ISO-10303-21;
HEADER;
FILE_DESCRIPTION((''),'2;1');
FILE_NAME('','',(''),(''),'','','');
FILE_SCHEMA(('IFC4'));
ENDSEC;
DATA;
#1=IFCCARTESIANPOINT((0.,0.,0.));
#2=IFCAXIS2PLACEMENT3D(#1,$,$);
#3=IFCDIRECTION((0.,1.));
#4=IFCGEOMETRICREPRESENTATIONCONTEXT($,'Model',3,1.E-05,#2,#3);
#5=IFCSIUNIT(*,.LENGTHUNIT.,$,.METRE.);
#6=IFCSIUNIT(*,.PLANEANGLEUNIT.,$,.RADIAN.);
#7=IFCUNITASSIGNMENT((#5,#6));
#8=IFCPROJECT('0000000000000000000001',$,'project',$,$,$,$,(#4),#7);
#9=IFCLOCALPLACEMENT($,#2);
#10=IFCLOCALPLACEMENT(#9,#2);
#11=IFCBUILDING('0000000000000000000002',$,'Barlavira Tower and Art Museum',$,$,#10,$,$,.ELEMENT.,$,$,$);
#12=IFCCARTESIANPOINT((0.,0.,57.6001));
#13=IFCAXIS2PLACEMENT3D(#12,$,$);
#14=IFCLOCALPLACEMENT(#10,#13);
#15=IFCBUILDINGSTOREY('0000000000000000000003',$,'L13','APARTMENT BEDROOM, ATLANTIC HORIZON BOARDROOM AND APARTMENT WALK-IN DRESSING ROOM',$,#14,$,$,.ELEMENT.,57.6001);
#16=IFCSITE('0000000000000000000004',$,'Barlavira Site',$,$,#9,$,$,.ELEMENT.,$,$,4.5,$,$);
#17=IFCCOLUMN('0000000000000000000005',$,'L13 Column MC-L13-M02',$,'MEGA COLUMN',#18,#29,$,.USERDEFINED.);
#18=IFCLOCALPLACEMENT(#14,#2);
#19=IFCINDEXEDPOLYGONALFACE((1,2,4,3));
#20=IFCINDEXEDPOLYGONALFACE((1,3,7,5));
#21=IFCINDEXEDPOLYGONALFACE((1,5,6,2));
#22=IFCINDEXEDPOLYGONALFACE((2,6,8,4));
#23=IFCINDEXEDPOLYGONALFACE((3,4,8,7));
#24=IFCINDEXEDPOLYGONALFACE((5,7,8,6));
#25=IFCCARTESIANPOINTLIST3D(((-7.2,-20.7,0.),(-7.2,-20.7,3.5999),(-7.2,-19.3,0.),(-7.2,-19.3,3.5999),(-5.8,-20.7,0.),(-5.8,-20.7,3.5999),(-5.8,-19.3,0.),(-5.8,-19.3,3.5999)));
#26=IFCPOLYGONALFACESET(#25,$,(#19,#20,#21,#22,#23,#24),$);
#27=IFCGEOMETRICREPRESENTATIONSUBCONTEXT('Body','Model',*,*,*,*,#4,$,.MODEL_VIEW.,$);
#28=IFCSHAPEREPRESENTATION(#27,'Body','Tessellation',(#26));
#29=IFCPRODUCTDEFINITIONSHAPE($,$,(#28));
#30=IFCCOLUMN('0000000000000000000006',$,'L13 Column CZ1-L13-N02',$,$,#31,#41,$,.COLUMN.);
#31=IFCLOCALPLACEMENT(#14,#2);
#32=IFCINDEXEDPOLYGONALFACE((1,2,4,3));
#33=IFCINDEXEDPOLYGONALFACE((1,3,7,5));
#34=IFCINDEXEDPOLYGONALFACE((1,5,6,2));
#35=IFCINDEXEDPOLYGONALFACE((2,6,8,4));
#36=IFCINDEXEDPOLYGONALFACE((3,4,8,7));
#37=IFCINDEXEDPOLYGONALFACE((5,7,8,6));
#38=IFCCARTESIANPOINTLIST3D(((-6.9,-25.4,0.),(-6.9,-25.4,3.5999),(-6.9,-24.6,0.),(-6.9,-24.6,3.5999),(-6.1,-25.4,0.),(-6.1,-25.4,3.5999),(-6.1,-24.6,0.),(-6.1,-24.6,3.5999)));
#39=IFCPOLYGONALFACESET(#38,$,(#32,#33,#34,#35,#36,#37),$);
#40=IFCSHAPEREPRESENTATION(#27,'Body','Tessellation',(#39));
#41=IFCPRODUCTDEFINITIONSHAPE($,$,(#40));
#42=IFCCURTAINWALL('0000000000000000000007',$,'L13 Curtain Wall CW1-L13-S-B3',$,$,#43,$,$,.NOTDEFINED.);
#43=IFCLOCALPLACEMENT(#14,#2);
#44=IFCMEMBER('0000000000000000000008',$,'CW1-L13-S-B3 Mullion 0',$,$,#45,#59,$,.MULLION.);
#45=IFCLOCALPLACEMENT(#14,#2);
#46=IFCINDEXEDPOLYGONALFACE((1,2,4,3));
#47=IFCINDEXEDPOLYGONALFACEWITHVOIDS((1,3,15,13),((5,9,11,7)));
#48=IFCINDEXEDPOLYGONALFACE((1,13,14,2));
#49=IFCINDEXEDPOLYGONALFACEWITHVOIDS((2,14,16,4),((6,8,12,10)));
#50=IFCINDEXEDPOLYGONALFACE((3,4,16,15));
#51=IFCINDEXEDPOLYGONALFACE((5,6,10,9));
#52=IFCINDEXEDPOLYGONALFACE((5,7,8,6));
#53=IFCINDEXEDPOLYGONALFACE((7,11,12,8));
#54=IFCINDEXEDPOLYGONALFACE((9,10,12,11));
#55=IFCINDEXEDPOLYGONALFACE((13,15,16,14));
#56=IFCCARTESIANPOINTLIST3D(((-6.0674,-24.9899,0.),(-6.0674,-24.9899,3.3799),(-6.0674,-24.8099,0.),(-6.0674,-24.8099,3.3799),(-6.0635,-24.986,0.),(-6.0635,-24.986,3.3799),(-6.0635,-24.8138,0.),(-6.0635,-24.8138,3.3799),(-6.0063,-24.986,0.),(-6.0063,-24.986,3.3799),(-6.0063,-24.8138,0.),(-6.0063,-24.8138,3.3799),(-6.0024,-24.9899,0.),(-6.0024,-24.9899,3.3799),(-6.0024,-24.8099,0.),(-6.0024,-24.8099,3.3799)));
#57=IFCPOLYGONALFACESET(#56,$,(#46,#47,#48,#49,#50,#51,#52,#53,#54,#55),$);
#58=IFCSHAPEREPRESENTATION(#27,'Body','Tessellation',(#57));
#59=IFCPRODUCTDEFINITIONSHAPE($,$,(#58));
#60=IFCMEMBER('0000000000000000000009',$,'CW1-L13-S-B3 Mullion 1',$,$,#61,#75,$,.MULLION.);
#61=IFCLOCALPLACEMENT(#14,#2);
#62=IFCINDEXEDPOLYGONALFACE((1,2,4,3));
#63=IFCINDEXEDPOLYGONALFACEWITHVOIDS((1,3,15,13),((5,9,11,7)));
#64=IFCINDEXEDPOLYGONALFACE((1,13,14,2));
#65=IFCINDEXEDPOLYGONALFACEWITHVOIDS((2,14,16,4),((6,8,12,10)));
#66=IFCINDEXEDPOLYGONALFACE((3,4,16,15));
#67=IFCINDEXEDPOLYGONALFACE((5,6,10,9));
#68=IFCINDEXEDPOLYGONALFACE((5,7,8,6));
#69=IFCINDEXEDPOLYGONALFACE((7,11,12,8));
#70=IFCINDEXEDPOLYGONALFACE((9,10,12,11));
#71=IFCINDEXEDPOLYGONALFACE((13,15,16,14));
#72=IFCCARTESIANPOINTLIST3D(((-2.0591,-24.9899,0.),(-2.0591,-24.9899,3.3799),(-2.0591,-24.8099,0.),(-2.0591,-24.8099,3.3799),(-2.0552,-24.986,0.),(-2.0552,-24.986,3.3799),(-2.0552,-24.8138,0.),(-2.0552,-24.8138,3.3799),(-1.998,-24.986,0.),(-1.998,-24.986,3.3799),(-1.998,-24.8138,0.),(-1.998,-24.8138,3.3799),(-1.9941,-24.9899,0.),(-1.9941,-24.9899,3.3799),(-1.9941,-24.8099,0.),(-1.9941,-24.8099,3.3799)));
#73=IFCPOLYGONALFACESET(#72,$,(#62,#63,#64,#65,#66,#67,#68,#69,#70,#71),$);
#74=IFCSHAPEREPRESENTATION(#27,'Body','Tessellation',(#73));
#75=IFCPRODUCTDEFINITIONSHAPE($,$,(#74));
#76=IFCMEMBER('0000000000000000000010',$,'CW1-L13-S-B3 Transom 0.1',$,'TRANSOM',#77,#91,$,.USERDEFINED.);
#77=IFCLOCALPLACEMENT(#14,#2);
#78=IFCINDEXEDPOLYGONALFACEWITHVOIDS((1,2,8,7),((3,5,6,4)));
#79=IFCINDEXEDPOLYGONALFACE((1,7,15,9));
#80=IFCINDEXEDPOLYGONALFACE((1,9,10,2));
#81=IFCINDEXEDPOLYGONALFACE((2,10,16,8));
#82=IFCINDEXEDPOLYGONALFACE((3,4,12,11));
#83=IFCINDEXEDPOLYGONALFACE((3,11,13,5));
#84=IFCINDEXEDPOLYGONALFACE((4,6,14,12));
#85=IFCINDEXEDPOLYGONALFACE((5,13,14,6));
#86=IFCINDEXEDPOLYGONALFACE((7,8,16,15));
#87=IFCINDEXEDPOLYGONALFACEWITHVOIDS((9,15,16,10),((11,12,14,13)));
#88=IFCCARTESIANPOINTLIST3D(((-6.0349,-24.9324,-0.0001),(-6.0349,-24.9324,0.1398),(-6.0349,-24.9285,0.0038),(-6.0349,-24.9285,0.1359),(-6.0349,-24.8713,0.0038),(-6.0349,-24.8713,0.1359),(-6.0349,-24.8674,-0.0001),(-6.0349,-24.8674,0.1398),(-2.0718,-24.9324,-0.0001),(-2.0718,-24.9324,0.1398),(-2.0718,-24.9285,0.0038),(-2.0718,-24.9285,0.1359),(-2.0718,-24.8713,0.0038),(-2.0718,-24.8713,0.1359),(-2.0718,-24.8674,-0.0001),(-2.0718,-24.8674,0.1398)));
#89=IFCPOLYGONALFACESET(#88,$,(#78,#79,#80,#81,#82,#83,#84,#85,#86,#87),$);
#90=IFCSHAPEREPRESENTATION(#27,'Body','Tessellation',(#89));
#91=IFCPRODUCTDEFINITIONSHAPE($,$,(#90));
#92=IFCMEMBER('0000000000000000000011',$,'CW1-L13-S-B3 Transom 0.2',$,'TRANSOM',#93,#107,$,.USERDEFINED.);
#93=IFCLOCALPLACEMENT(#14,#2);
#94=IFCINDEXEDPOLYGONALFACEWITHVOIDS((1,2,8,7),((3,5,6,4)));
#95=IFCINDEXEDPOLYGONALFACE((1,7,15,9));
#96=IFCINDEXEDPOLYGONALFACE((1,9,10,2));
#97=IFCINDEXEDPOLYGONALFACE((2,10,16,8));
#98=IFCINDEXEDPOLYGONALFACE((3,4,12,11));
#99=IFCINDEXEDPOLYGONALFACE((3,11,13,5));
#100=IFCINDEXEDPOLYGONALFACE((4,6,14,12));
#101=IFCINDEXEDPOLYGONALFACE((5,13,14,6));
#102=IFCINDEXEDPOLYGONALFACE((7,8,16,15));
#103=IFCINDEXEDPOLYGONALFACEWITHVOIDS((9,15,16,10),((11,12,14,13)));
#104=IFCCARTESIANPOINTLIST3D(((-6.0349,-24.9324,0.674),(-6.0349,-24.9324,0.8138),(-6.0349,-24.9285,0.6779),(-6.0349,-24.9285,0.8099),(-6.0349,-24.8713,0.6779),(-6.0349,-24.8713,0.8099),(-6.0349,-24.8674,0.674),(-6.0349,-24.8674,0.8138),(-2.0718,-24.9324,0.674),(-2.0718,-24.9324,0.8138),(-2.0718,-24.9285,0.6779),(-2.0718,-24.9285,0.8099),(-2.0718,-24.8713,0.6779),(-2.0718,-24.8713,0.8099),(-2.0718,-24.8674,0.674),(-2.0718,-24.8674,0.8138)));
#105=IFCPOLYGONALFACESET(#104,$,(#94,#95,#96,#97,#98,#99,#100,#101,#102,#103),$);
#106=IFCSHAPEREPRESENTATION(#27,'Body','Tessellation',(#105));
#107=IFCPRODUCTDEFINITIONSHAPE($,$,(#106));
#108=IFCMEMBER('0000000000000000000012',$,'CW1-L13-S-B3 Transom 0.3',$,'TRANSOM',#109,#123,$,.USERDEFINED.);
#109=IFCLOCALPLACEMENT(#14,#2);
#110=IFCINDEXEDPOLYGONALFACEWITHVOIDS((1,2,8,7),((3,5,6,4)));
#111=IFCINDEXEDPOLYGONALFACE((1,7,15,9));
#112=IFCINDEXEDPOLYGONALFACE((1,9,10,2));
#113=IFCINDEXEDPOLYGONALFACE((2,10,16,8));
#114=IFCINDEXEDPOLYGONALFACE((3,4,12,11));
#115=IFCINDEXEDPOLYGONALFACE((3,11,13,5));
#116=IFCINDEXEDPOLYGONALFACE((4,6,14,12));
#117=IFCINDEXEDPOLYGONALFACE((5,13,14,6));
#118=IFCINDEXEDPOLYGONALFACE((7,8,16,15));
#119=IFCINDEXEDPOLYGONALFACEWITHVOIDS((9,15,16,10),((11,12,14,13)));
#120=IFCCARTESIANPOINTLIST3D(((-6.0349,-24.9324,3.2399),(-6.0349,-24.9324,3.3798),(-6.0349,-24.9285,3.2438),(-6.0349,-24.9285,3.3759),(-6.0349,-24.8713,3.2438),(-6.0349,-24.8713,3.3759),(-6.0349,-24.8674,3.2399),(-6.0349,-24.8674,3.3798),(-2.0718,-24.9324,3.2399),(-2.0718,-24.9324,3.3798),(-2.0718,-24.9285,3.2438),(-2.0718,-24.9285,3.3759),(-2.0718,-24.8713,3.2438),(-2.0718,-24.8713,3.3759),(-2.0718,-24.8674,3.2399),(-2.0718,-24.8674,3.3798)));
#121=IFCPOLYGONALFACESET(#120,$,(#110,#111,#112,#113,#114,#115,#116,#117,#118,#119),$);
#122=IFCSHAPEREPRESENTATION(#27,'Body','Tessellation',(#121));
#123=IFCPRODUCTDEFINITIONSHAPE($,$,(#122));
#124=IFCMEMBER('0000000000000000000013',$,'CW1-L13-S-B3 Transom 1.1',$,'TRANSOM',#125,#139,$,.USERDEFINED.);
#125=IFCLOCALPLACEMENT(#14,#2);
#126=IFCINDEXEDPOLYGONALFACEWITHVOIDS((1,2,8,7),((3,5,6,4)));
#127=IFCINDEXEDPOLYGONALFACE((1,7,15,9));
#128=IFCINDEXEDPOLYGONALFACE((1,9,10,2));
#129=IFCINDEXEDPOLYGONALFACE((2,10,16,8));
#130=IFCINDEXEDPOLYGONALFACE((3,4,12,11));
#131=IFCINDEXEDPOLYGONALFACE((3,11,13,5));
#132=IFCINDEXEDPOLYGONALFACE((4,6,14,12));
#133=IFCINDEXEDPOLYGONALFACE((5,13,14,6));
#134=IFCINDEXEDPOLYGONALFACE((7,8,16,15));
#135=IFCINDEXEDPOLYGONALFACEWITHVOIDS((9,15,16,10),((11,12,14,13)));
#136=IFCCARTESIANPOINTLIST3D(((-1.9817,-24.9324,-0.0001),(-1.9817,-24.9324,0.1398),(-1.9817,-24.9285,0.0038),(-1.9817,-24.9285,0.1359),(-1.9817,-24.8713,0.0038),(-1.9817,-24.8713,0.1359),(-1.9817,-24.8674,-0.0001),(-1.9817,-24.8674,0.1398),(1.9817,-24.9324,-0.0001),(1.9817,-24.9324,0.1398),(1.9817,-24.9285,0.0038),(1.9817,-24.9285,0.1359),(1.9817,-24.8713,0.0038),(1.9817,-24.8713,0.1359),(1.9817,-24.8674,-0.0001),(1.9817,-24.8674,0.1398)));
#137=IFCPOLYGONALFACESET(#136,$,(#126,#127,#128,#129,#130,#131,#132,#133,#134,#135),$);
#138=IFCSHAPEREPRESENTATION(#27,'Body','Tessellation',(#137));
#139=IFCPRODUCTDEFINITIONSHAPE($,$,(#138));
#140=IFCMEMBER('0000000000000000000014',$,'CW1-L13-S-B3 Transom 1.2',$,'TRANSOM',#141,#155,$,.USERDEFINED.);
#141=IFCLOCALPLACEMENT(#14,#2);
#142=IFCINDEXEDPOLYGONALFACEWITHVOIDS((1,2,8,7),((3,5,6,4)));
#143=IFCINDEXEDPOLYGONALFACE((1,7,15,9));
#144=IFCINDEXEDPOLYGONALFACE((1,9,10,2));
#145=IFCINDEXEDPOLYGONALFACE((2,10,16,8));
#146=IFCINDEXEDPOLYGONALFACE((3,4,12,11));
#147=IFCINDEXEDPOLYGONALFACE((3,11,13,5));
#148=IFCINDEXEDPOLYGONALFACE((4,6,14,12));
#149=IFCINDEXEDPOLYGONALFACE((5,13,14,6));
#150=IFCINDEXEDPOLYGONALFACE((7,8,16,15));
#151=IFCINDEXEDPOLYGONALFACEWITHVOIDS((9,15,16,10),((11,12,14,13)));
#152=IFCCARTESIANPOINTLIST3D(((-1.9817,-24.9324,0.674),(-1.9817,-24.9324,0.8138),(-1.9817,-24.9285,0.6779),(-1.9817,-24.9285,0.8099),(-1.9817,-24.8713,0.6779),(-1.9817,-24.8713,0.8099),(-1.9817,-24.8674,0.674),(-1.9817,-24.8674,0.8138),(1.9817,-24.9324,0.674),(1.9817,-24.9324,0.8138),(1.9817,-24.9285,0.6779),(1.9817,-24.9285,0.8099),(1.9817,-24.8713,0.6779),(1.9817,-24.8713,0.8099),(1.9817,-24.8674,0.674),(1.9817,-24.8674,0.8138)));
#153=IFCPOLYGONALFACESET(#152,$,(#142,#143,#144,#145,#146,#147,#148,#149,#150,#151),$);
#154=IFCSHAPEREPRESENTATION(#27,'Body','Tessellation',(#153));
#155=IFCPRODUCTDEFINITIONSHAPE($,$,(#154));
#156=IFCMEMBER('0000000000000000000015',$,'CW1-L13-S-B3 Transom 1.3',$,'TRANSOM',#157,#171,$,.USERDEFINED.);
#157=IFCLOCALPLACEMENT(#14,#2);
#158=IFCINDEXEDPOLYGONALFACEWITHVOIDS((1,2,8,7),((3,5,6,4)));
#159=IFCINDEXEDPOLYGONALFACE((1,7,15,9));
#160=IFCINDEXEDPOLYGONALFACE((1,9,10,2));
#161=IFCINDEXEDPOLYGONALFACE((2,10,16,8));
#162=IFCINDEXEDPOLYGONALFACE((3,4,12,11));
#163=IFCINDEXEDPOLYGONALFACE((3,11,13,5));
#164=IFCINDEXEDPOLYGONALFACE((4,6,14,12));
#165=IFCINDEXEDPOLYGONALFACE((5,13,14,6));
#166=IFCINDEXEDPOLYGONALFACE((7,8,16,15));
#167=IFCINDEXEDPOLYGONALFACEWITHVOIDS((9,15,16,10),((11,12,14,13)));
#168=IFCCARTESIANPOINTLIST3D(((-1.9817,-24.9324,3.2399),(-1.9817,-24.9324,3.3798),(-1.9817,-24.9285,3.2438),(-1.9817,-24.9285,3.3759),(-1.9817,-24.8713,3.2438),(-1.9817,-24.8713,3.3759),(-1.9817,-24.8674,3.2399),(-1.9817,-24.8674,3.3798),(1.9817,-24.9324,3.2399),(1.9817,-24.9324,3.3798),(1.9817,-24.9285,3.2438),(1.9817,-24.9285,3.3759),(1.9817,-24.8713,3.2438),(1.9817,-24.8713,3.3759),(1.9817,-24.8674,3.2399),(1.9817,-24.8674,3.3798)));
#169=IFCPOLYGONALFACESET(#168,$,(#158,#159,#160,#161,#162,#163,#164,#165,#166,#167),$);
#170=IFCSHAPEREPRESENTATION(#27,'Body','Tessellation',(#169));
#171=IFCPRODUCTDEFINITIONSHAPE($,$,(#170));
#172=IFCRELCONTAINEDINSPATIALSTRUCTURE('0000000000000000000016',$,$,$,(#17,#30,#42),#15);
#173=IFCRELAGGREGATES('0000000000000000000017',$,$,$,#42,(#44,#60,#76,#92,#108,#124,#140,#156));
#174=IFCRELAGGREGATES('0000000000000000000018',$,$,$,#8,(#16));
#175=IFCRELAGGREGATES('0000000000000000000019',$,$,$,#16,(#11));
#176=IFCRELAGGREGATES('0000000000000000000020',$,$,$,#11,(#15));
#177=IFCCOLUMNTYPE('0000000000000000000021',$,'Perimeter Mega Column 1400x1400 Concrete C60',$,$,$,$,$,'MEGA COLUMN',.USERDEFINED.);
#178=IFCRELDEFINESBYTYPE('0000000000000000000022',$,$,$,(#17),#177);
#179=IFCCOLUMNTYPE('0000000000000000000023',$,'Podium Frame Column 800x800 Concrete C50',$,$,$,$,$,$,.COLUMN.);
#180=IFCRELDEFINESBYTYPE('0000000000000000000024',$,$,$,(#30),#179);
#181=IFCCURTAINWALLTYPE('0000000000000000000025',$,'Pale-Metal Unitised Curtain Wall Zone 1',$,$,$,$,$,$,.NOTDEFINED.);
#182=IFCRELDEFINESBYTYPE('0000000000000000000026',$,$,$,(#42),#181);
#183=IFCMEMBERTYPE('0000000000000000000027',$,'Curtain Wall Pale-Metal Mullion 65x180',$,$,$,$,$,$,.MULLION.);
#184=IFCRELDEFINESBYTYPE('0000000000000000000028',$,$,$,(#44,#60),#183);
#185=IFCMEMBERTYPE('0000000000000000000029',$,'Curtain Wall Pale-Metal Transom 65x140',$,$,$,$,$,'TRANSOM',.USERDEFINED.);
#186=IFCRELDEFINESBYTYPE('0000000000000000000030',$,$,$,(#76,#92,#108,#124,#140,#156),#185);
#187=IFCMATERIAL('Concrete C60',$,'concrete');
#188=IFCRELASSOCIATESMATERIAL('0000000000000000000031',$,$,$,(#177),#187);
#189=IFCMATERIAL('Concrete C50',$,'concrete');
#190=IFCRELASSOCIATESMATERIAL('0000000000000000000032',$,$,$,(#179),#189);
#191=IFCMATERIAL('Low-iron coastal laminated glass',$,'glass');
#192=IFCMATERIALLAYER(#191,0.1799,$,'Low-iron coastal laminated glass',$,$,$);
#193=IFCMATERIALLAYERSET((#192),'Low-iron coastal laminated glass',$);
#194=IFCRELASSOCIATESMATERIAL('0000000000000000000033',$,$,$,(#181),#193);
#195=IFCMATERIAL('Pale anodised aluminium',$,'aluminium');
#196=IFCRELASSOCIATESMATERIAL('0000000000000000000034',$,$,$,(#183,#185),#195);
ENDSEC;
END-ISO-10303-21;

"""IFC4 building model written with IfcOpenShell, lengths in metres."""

from ifc_helpers import new_model, si_unit, direction, frame, origin, origin_2d, place, context, subcontext, project, spatial, rectangle, hollow_rectangle, extrude, material, layer, layer_set, material_profile, profile_set, type_object, element, aggregate, save


model = new_model("IFC4")

# Units and contexts
model_context = context("Model", 3, precision=1e-05, world=origin(), true_north=direction((0.0, 1.0)))
body_context = subcontext(model_context, "Body", "Model", "MODEL_VIEW")
ifc_project = project(units=[si_unit("LENGTHUNIT", "METRE"), si_unit("PLANEANGLEUNIT", "RADIAN")], contexts=[model_context])

# Site, building, storey
site_placement = place(None, origin())
site = spatial("IfcSite", under=ifc_project, at=site_placement, Name="Barlavira Site", CompositionType="ELEMENT", RefElevation=4.5)
building_placement = place(site_placement, origin())
building = spatial("IfcBuilding", under=site, at=building_placement, Name="Barlavira Tower and Art Museum", CompositionType="ELEMENT")
storey_placement = place(building_placement, frame((0.0, 0.0, 57.6001)))
storey = spatial("IfcBuildingStorey", under=building, at=storey_placement, Name="L13", Description="APARTMENT BEDROOM, ATLANTIC HORIZON BOARDROOM AND APARTMENT WALK-IN DRESSING ROOM", CompositionType="ELEMENT", Elevation=57.6001)

# Columns
ifc_material_1 = material(Name="Concrete C60", Category="concrete")
ifc_material_profile_1 = material_profile(ifc_material_1, rectangle(XDim=1.3999, YDim=1.3999, at=origin_2d()), Name="RC-MCOL 1400x1400")
ifc_profile_set_1 = profile_set([ifc_material_profile_1], Name="Concrete C60")
column_type_1 = type_object("IfcColumnType", Name="Perimeter Mega Column 1400x1400 Concrete C60", ElementType="MEGA COLUMN", PredefinedType="USERDEFINED", material=ifc_profile_set_1)
column_1_placement = place(storey_placement, frame((-6.5, -20.0, 0.0), z_axis=(0.0, 0.0, 1.0), x_axis=(1.0, 0.0, 0.0)))
element("IfcColumn", 1, at=column_1_placement, inside=storey, type_object=column_type_1, Name="L13 Column MC-L13-M02", ObjectType="MEGA COLUMN", PredefinedType="USERDEFINED", context=body_context, shape_type="SweptSolid", body=[
    extrude(rectangle(XDim=1.3999, YDim=1.3999, at=origin_2d()), origin(), (0.0, 0.0, 1.0), 3.5999),
])
ifc_material_2 = material(Name="Concrete C50", Category="concrete")
ifc_material_profile_2 = material_profile(ifc_material_2, rectangle(XDim=0.8, YDim=0.8, at=origin_2d()), Name="RC-COL 800x800")
ifc_profile_set_2 = profile_set([ifc_material_profile_2], Name="Concrete C50")
column_type_2 = type_object("IfcColumnType", Name="Podium Frame Column 800x800 Concrete C50", PredefinedType="COLUMN", material=ifc_profile_set_2)
column_2_placement = place(storey_placement, frame((-6.5, -25.0, 0.0), z_axis=(0.0, 0.0, 1.0), x_axis=(1.0, 0.0, 0.0)))
element("IfcColumn", 2, at=column_2_placement, inside=storey, type_object=column_type_2, Name="L13 Column CZ1-L13-N02", PredefinedType="COLUMN", context=body_context, shape_type="SweptSolid", body=[
    extrude(rectangle(XDim=0.8, YDim=0.8, at=origin_2d()), origin(), (0.0, 0.0, 1.0), 3.5999),
])

# Curtain wall, members
ifc_material_3 = material(Name="Low-iron coastal laminated glass", Category="glass")
ifc_layer_1 = layer(ifc_material_3, 0.1799, Name="Low-iron coastal laminated glass")
ifc_layer_set_1 = layer_set([ifc_layer_1], Name="Low-iron coastal laminated glass")
curtain_wall_type = type_object("IfcCurtainWallType", Name="Pale-Metal Unitised Curtain Wall Zone 1", PredefinedType="NOTDEFINED", material=ifc_layer_set_1)
curtain_wall_placement = place(storey_placement, origin())
curtain_wall = element("IfcCurtainWall", 3, at=curtain_wall_placement, inside=storey, type_object=curtain_wall_type, Name="L13 Curtain Wall CW1-L13-S-B3", PredefinedType="NOTDEFINED")
ifc_material_4 = material(Name="Pale anodised aluminium", Category="aluminium")
ifc_material_profile_3 = material_profile(ifc_material_4, hollow_rectangle(XDim=0.0649, YDim=0.1799, WallThickness=0.0039, at=origin_2d()), Name="ALU-MULL 65x180x4")
ifc_profile_set_3 = profile_set([ifc_material_profile_3], Name="Pale anodised aluminium")
member_type_1 = type_object("IfcMemberType", Name="Curtain Wall Pale-Metal Mullion 65x180", PredefinedType="MULLION", material=ifc_profile_set_3)
member_1_placement = place(storey_placement, frame((-6.0349, -24.8999, 0.0), z_axis=(0.0, 0.0, 1.0), x_axis=(1.0, 0.0, 0.0)))
member_1 = element("IfcMember", 4, at=member_1_placement, type_object=member_type_1, Name="CW1-L13-S-B3 Mullion 0", PredefinedType="MULLION", context=body_context, shape_type="SweptSolid", body=[
    extrude(hollow_rectangle(XDim=0.0649, YDim=0.1799, WallThickness=0.0039, at=origin_2d()), origin(), (0.0, 0.0, 1.0), 3.3799),
])
member_2_placement = place(storey_placement, frame((-2.0266, -24.8999, 0.0), z_axis=(0.0, 0.0, 1.0), x_axis=(1.0, 0.0, 0.0)))
member_2 = element("IfcMember", 5, at=member_2_placement, type_object=member_type_1, Name="CW1-L13-S-B3 Mullion 1", PredefinedType="MULLION", context=body_context, shape_type="SweptSolid", body=[
    extrude(hollow_rectangle(XDim=0.0649, YDim=0.1799, WallThickness=0.0039, at=origin_2d()), origin(), (0.0, 0.0, 1.0), 3.3799),
])
ifc_material_profile_4 = material_profile(ifc_material_4, hollow_rectangle(XDim=0.0649, YDim=0.1399, WallThickness=0.0039, at=origin_2d()), Name="ALU-TRAN 65x140x4")
ifc_profile_set_4 = profile_set([ifc_material_profile_4], Name="Pale anodised aluminium")
member_type_2 = type_object("IfcMemberType", Name="Curtain Wall Pale-Metal Transom 65x140", ElementType="TRANSOM", PredefinedType="USERDEFINED", material=ifc_profile_set_4)
member_3_placement = place(storey_placement, frame((-6.0349, -24.8999, 0.0698), z_axis=(1.0, 0.0, 0.0), x_axis=(0.0, 1.0, 0.0)))
member_3 = element("IfcMember", 6, at=member_3_placement, type_object=member_type_2, Name="CW1-L13-S-B3 Transom 0.1", ObjectType="TRANSOM", PredefinedType="USERDEFINED", context=body_context, shape_type="SweptSolid", body=[
    extrude(hollow_rectangle(XDim=0.0649, YDim=0.1399, WallThickness=0.0039, at=origin_2d()), origin(), (0.0, 0.0, 1.0), 3.9631),
])
member_4_placement = place(storey_placement, frame((-6.0349, -24.8999, 0.7439), z_axis=(1.0, 0.0, 0.0), x_axis=(0.0, 1.0, 0.0)))
member_4 = element("IfcMember", 7, at=member_4_placement, type_object=member_type_2, Name="CW1-L13-S-B3 Transom 0.2", ObjectType="TRANSOM", PredefinedType="USERDEFINED", context=body_context, shape_type="SweptSolid", body=[
    extrude(hollow_rectangle(XDim=0.0649, YDim=0.1399, WallThickness=0.0039, at=origin_2d()), origin(), (0.0, 0.0, 1.0), 3.9631),
])
member_5_placement = place(storey_placement, frame((-6.0349, -24.8999, 3.3098), z_axis=(1.0, 0.0, 0.0), x_axis=(0.0, 1.0, 0.0)))
member_5 = element("IfcMember", 8, at=member_5_placement, type_object=member_type_2, Name="CW1-L13-S-B3 Transom 0.3", ObjectType="TRANSOM", PredefinedType="USERDEFINED", context=body_context, shape_type="SweptSolid", body=[
    extrude(hollow_rectangle(XDim=0.0649, YDim=0.1399, WallThickness=0.0039, at=origin_2d()), origin(), (0.0, 0.0, 1.0), 3.9631),
])
member_6_placement = place(storey_placement, frame((-1.9817, -24.8999, 0.0698), z_axis=(1.0, 0.0, 0.0), x_axis=(0.0, 1.0, 0.0)))
member_6 = element("IfcMember", 9, at=member_6_placement, type_object=member_type_2, Name="CW1-L13-S-B3 Transom 1.1", ObjectType="TRANSOM", PredefinedType="USERDEFINED", context=body_context, shape_type="SweptSolid", body=[
    extrude(hollow_rectangle(XDim=0.0649, YDim=0.1399, WallThickness=0.0039, at=origin_2d()), origin(), (0.0, 0.0, 1.0), 3.9634),
])
member_7_placement = place(storey_placement, frame((-1.9817, -24.8999, 0.7439), z_axis=(1.0, 0.0, 0.0), x_axis=(0.0, 1.0, 0.0)))
member_7 = element("IfcMember", 10, at=member_7_placement, type_object=member_type_2, Name="CW1-L13-S-B3 Transom 1.2", ObjectType="TRANSOM", PredefinedType="USERDEFINED", context=body_context, shape_type="SweptSolid", body=[
    extrude(hollow_rectangle(XDim=0.0649, YDim=0.1399, WallThickness=0.0039, at=origin_2d()), origin(), (0.0, 0.0, 1.0), 3.9634),
])
member_8_placement = place(storey_placement, frame((-1.9817, -24.8999, 3.3098), z_axis=(1.0, 0.0, 0.0), x_axis=(0.0, 1.0, 0.0)))
member_8 = element("IfcMember", 11, at=member_8_placement, type_object=member_type_2, Name="CW1-L13-S-B3 Transom 1.3", ObjectType="TRANSOM", PredefinedType="USERDEFINED", context=body_context, shape_type="SweptSolid", body=[
    extrude(hollow_rectangle(XDim=0.0649, YDim=0.1399, WallThickness=0.0039, at=origin_2d()), origin(), (0.0, 0.0, 1.0), 3.9634),
])

aggregate(curtain_wall, [member_1, member_2, member_3, member_4, member_5, member_6, member_7, member_8])

save(model, "model.ifc")
